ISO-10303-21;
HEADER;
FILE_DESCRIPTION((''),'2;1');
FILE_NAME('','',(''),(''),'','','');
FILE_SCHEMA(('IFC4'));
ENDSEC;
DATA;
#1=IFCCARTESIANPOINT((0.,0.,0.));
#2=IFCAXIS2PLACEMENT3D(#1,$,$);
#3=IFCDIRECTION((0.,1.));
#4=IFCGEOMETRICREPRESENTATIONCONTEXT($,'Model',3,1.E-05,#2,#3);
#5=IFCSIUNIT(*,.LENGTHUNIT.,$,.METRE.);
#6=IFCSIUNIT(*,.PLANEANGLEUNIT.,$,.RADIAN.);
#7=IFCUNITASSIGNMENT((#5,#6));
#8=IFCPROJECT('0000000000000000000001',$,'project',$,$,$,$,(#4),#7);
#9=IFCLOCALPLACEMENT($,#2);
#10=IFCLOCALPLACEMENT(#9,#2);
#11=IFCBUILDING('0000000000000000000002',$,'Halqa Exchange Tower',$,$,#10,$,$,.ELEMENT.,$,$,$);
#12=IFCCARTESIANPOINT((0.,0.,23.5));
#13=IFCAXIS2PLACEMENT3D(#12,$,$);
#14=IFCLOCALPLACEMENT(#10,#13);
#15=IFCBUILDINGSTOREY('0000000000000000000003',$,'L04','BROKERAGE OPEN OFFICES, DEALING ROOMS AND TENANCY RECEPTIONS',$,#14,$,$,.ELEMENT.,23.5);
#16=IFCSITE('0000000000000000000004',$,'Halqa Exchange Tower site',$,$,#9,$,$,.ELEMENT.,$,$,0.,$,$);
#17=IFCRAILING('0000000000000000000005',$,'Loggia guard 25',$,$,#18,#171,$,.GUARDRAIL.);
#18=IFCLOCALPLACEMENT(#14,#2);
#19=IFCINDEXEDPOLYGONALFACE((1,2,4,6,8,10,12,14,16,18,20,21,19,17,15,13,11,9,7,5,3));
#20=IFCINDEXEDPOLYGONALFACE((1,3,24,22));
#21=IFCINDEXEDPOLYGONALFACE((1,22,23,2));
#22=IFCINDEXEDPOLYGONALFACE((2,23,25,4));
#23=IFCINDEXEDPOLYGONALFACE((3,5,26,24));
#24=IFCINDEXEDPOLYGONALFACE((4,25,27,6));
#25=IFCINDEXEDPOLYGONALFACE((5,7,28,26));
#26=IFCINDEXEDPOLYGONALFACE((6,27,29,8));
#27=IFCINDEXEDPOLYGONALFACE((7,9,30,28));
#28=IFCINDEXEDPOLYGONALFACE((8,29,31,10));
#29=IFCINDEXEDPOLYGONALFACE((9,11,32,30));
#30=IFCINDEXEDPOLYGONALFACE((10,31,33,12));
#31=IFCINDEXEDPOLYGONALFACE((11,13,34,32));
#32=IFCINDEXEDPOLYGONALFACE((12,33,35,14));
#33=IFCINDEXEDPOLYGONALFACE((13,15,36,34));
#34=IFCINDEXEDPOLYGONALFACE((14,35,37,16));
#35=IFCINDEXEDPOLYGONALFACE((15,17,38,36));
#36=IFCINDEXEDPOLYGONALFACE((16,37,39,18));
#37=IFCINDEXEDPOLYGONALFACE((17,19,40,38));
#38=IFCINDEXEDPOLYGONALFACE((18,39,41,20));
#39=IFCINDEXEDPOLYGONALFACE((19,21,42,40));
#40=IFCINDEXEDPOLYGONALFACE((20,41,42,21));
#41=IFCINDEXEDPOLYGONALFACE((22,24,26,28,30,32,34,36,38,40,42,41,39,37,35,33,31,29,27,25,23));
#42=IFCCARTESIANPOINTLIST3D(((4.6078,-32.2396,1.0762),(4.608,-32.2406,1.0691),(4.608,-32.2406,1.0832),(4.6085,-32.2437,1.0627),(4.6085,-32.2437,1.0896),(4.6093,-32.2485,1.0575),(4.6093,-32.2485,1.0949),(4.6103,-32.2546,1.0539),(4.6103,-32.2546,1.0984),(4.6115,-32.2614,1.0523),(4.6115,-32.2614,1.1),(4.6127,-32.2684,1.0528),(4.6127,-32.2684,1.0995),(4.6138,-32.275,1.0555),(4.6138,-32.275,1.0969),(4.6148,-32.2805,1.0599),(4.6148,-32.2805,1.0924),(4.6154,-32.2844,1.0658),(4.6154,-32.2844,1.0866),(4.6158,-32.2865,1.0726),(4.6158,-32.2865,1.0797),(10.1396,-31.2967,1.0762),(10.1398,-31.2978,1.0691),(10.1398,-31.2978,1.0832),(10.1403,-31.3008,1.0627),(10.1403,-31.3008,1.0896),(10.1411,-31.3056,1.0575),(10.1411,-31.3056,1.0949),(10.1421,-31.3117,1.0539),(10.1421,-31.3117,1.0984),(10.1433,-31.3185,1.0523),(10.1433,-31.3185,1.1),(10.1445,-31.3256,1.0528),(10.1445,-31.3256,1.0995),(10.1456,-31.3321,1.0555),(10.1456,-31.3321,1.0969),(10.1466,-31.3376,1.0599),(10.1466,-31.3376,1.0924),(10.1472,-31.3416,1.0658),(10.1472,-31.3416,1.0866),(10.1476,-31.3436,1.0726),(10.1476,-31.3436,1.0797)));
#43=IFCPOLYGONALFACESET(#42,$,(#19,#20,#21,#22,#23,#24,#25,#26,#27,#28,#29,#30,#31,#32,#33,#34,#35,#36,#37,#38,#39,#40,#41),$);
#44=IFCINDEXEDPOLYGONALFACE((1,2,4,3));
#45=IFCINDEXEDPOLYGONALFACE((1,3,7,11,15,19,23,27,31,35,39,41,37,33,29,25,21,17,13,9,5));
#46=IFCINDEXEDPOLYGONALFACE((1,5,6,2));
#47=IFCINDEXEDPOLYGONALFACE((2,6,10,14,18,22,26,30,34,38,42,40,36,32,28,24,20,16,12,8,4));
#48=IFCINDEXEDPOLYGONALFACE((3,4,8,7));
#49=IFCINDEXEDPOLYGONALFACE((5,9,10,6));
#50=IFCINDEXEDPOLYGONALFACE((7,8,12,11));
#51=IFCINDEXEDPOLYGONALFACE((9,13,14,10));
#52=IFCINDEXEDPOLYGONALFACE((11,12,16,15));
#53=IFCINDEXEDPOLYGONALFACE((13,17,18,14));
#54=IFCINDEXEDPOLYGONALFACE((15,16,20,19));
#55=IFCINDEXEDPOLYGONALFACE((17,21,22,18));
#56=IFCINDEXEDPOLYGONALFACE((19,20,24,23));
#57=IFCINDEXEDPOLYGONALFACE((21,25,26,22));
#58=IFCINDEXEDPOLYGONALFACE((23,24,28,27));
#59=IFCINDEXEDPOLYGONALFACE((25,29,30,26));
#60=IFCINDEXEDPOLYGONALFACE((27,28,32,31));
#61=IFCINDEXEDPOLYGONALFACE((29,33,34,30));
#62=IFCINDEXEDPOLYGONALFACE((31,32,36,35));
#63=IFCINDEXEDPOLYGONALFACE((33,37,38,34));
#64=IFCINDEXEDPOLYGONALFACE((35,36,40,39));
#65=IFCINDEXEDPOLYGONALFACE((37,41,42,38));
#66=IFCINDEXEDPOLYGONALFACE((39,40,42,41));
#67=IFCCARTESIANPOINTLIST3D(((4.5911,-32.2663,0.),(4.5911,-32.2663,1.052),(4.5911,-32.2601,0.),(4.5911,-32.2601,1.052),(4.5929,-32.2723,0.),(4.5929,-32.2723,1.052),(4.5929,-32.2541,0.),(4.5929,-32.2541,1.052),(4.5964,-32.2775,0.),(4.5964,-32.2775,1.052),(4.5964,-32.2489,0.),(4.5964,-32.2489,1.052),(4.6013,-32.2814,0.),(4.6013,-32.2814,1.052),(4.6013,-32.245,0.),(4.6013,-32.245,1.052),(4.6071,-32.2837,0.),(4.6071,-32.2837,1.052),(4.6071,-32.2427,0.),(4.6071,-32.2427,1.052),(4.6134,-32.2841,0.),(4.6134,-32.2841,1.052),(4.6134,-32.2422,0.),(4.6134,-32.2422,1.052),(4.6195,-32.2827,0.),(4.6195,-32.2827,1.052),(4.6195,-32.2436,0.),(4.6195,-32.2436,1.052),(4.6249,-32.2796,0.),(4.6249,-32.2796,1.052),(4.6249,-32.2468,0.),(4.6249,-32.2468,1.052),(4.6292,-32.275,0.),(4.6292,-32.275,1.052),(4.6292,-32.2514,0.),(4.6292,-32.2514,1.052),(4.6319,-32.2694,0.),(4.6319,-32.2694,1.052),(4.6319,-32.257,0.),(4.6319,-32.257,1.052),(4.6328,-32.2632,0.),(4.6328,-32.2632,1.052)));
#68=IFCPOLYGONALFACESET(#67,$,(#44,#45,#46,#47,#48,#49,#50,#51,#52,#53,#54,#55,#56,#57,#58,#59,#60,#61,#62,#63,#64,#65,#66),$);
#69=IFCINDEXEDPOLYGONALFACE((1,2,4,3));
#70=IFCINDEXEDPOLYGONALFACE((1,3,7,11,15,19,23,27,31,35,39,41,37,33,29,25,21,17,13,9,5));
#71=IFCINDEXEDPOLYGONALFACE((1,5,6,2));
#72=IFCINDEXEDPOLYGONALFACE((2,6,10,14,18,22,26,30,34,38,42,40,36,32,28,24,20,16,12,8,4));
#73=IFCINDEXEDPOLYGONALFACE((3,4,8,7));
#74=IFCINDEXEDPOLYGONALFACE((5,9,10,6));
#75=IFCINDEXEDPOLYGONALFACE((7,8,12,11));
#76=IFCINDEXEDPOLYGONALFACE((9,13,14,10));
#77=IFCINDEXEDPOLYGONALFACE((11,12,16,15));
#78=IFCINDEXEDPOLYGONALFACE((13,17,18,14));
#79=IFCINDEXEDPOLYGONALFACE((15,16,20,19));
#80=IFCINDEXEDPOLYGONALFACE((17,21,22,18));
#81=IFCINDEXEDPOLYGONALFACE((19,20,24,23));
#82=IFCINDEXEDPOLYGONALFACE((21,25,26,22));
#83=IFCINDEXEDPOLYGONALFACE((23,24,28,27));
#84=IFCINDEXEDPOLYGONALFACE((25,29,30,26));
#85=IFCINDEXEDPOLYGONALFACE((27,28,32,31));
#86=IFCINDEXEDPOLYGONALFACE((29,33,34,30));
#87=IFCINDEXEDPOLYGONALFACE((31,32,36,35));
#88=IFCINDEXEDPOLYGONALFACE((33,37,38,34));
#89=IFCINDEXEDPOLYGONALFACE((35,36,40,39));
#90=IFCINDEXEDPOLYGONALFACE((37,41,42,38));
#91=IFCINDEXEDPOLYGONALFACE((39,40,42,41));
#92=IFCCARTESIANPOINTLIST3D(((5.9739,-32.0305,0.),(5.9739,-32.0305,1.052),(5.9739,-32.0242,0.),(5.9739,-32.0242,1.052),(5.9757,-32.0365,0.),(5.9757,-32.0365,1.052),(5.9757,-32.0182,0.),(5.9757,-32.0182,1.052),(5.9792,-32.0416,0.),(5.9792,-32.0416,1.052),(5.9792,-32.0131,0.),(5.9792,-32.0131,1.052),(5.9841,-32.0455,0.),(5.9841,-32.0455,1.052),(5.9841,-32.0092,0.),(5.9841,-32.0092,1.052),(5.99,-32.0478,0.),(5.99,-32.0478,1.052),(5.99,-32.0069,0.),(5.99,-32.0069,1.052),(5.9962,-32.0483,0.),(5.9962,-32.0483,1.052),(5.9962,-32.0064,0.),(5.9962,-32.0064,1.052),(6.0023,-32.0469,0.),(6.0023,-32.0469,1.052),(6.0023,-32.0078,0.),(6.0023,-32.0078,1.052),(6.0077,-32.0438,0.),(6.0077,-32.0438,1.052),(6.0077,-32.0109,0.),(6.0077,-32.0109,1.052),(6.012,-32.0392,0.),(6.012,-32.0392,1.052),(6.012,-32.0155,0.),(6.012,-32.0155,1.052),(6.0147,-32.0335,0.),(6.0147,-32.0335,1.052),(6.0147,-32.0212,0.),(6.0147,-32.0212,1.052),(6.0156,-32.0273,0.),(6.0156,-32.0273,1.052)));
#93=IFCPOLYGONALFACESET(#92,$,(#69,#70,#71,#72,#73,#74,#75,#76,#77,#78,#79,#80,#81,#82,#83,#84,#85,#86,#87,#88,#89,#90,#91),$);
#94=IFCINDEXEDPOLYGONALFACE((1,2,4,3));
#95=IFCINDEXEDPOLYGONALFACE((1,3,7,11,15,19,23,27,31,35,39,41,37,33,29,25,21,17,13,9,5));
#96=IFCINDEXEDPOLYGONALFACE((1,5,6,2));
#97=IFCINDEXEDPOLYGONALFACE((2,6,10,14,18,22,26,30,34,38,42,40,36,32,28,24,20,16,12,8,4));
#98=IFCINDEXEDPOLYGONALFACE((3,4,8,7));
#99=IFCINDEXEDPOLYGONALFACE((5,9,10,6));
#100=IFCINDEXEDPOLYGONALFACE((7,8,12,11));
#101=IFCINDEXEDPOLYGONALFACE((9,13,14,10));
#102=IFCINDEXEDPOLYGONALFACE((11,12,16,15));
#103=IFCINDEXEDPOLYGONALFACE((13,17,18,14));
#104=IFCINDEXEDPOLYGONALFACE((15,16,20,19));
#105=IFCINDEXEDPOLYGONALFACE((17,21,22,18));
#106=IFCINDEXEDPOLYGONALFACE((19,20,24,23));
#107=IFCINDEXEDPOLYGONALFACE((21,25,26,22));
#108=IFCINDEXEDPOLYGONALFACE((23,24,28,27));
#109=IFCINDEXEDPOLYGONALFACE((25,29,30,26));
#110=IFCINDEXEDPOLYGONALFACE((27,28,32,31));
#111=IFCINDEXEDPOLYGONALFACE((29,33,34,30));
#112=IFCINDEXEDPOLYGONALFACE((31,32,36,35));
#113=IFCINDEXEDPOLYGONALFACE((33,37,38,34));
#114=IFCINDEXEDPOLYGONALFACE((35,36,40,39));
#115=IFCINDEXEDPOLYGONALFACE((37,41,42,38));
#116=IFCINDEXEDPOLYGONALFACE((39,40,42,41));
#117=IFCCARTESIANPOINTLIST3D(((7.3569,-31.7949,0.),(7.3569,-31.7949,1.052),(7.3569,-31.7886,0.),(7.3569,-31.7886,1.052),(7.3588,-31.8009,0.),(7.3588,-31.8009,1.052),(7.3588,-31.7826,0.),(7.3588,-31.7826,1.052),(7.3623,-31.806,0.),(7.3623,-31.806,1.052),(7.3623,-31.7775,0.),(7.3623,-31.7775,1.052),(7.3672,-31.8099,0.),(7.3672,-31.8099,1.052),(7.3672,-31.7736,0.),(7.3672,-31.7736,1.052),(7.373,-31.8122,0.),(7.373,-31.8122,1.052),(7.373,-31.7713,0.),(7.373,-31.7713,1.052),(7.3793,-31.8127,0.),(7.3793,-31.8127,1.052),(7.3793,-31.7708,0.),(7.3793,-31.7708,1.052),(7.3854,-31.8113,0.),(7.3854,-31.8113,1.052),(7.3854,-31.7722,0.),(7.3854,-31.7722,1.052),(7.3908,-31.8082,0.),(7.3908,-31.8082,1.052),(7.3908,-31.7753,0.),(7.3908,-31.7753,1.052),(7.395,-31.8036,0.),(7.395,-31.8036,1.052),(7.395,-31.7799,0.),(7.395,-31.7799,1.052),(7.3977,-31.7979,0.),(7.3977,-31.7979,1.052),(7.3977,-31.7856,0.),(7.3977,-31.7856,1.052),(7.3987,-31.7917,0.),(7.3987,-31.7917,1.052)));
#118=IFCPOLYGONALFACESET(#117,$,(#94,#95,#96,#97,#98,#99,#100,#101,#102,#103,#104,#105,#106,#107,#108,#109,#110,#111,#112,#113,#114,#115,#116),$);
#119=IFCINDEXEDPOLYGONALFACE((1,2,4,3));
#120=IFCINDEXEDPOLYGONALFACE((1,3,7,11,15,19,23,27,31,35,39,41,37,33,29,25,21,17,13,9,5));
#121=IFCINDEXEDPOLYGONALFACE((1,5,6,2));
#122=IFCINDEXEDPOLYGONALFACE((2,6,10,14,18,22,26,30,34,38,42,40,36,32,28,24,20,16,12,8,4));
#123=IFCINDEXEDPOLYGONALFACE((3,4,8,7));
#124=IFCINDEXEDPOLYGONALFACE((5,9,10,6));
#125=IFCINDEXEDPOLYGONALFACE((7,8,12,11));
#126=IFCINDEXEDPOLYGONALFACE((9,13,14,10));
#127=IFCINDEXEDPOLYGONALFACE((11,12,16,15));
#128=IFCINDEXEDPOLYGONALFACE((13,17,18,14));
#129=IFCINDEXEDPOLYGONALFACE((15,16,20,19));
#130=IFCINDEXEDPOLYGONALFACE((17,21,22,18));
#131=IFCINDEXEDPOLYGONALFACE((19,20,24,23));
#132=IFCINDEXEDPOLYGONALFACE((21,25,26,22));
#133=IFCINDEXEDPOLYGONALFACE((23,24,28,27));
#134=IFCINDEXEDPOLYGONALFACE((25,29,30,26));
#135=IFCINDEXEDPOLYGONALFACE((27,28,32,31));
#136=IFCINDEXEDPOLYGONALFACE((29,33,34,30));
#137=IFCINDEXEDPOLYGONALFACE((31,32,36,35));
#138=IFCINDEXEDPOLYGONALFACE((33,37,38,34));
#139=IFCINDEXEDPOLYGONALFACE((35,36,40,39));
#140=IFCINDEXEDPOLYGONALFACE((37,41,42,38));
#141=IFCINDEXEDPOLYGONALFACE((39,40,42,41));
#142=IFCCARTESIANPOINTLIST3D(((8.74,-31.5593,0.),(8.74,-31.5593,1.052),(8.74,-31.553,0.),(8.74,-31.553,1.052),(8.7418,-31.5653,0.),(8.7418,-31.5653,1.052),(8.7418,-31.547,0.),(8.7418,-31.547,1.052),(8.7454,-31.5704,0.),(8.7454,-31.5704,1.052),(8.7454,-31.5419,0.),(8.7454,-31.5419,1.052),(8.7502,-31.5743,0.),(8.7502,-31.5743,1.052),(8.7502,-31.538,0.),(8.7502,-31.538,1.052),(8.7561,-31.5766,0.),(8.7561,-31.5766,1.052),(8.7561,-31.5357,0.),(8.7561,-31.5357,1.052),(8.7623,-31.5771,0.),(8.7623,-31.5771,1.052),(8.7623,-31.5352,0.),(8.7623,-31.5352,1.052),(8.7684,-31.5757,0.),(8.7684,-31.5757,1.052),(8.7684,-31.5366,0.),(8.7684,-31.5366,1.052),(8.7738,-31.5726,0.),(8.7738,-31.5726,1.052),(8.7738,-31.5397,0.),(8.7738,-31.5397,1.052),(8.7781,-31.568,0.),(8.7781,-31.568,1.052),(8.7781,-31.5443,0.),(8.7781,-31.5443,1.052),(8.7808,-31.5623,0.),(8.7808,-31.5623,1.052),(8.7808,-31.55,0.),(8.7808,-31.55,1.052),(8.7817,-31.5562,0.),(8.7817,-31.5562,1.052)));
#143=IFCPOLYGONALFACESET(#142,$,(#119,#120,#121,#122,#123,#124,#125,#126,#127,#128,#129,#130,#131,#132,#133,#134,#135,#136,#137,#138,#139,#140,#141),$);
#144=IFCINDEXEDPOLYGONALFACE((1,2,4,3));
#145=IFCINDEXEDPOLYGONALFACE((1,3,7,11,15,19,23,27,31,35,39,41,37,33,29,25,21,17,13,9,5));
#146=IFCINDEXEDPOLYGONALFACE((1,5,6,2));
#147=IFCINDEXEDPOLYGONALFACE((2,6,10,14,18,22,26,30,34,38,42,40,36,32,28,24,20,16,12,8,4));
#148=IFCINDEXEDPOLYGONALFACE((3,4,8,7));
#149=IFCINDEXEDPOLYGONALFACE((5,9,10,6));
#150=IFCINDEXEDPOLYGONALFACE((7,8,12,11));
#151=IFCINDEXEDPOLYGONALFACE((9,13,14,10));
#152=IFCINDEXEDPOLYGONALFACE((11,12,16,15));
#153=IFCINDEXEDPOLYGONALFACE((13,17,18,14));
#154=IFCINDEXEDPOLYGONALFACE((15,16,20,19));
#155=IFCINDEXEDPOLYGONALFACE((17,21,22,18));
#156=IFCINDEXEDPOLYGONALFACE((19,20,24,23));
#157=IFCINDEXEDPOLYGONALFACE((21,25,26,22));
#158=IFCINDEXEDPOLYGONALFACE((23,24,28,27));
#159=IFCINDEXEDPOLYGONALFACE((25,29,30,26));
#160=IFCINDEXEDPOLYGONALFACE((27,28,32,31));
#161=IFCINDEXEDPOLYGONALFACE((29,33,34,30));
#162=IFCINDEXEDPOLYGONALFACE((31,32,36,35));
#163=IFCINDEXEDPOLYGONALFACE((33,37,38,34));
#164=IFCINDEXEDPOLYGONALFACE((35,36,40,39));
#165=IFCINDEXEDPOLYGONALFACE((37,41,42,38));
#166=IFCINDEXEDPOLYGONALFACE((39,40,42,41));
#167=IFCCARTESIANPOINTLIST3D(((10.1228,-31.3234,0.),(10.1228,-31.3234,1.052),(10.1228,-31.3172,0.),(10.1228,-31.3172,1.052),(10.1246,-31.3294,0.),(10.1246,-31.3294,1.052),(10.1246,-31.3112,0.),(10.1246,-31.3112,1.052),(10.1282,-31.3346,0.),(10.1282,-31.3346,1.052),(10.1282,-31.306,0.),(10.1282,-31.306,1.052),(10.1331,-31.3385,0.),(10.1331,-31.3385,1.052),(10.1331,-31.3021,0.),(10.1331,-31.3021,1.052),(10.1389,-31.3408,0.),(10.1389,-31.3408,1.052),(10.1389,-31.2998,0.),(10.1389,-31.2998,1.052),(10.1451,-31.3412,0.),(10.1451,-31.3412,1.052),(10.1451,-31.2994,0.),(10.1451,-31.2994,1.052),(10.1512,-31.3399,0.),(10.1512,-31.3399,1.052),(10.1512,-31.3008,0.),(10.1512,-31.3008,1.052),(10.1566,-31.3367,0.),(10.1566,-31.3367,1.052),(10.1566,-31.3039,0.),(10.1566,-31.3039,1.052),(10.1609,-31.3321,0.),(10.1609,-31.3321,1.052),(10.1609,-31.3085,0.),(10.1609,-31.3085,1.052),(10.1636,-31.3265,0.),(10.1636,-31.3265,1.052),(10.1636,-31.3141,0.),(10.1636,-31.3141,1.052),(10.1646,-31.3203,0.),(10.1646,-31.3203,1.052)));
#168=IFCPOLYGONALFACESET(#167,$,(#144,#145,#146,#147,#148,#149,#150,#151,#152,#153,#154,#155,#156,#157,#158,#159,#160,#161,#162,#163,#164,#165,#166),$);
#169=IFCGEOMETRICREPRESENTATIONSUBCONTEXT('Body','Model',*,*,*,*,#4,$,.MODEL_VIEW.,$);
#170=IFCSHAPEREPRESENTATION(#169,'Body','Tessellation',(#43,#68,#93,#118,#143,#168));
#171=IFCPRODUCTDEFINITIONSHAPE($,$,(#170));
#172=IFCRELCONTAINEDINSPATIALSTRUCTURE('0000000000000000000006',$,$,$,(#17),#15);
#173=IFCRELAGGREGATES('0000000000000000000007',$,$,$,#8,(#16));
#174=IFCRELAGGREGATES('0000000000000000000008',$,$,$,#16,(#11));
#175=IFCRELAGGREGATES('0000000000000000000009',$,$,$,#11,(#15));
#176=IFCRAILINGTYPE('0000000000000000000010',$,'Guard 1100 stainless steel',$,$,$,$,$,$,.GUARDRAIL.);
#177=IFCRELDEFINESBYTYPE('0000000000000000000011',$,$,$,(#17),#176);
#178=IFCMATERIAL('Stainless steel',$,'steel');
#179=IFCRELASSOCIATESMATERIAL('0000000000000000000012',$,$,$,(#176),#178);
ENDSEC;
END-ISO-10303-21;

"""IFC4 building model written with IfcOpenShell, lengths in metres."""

from ifc_helpers import new_model, si_unit, direction, frame, origin, origin_2d, place, context, subcontext, project, spatial, circle, extrude, material, type_object, element, save


model = new_model("IFC4")

# Units and contexts
model_context = context("Model", 3, precision=1e-05, world=origin(), true_north=direction((0.0, 1.0)))
body_context = subcontext(model_context, "Body", "Model", "MODEL_VIEW")
ifc_project = project(units=[si_unit("LENGTHUNIT", "METRE"), si_unit("PLANEANGLEUNIT", "RADIAN")], contexts=[model_context])

# Site, building, storey
site_placement = place(None, origin())
site = spatial("IfcSite", under=ifc_project, at=site_placement, Name="Halqa Exchange Tower site", CompositionType="ELEMENT", RefElevation=0.0)
building_placement = place(site_placement, origin())
building = spatial("IfcBuilding", under=site, at=building_placement, Name="Halqa Exchange Tower", CompositionType="ELEMENT")
storey_placement = place(building_placement, frame((0.0, 0.0, 23.5)))
storey = spatial("IfcBuildingStorey", under=building, at=storey_placement, Name="L04", Description="BROKERAGE OPEN OFFICES, DEALING ROOMS AND TENANCY RECEPTIONS", CompositionType="ELEMENT", Elevation=23.5)

# Railing
ifc_material_1 = material(Name="Stainless steel", Category="steel")
railing_type = type_object("IfcRailingType", Name="Guard 1100 stainless steel", PredefinedType="GUARDRAIL", material=ifc_material_1)
railing_1_placement = place(storey_placement, frame((4.6118, -32.2632, 0.0)))
element("IfcRailing", 1, at=railing_1_placement, inside=storey, type_object=railing_type, Name="Loggia guard 25", PredefinedType="GUARDRAIL", context=body_context, shape_type="SweptSolid", body=[
    extrude(circle(Radius=0.0239, at=origin_2d()), frame((0.0, 0.0, 1.0762), z_axis=(0.985783, 0.168024, 0.0), x_axis=(-0.168024, 0.985783, 0.0)), (0.0, 0.0, 1.0), 5.6116),
    extrude(circle(Radius=0.021, at=origin_2d()), origin(), (0.0, 0.0, 1.0), 1.052),
    extrude(circle(Radius=0.021, at=origin_2d()), frame((1.3828, 0.2358, 0.0)), (0.0, 0.0, 1.0), 1.052),
    extrude(circle(Radius=0.021, at=origin_2d()), frame((2.7659, 0.4714, 0.0)), (0.0, 0.0, 1.0), 1.052),
    extrude(circle(Radius=0.021, at=origin_2d()), frame((4.1489, 0.707, 0.0)), (0.0, 0.0, 1.0), 1.052),
    extrude(circle(Radius=0.021, at=origin_2d()), frame((5.5317, 0.9429, 0.0)), (0.0, 0.0, 1.0), 1.052),
])

save(model, "model.ifc")
